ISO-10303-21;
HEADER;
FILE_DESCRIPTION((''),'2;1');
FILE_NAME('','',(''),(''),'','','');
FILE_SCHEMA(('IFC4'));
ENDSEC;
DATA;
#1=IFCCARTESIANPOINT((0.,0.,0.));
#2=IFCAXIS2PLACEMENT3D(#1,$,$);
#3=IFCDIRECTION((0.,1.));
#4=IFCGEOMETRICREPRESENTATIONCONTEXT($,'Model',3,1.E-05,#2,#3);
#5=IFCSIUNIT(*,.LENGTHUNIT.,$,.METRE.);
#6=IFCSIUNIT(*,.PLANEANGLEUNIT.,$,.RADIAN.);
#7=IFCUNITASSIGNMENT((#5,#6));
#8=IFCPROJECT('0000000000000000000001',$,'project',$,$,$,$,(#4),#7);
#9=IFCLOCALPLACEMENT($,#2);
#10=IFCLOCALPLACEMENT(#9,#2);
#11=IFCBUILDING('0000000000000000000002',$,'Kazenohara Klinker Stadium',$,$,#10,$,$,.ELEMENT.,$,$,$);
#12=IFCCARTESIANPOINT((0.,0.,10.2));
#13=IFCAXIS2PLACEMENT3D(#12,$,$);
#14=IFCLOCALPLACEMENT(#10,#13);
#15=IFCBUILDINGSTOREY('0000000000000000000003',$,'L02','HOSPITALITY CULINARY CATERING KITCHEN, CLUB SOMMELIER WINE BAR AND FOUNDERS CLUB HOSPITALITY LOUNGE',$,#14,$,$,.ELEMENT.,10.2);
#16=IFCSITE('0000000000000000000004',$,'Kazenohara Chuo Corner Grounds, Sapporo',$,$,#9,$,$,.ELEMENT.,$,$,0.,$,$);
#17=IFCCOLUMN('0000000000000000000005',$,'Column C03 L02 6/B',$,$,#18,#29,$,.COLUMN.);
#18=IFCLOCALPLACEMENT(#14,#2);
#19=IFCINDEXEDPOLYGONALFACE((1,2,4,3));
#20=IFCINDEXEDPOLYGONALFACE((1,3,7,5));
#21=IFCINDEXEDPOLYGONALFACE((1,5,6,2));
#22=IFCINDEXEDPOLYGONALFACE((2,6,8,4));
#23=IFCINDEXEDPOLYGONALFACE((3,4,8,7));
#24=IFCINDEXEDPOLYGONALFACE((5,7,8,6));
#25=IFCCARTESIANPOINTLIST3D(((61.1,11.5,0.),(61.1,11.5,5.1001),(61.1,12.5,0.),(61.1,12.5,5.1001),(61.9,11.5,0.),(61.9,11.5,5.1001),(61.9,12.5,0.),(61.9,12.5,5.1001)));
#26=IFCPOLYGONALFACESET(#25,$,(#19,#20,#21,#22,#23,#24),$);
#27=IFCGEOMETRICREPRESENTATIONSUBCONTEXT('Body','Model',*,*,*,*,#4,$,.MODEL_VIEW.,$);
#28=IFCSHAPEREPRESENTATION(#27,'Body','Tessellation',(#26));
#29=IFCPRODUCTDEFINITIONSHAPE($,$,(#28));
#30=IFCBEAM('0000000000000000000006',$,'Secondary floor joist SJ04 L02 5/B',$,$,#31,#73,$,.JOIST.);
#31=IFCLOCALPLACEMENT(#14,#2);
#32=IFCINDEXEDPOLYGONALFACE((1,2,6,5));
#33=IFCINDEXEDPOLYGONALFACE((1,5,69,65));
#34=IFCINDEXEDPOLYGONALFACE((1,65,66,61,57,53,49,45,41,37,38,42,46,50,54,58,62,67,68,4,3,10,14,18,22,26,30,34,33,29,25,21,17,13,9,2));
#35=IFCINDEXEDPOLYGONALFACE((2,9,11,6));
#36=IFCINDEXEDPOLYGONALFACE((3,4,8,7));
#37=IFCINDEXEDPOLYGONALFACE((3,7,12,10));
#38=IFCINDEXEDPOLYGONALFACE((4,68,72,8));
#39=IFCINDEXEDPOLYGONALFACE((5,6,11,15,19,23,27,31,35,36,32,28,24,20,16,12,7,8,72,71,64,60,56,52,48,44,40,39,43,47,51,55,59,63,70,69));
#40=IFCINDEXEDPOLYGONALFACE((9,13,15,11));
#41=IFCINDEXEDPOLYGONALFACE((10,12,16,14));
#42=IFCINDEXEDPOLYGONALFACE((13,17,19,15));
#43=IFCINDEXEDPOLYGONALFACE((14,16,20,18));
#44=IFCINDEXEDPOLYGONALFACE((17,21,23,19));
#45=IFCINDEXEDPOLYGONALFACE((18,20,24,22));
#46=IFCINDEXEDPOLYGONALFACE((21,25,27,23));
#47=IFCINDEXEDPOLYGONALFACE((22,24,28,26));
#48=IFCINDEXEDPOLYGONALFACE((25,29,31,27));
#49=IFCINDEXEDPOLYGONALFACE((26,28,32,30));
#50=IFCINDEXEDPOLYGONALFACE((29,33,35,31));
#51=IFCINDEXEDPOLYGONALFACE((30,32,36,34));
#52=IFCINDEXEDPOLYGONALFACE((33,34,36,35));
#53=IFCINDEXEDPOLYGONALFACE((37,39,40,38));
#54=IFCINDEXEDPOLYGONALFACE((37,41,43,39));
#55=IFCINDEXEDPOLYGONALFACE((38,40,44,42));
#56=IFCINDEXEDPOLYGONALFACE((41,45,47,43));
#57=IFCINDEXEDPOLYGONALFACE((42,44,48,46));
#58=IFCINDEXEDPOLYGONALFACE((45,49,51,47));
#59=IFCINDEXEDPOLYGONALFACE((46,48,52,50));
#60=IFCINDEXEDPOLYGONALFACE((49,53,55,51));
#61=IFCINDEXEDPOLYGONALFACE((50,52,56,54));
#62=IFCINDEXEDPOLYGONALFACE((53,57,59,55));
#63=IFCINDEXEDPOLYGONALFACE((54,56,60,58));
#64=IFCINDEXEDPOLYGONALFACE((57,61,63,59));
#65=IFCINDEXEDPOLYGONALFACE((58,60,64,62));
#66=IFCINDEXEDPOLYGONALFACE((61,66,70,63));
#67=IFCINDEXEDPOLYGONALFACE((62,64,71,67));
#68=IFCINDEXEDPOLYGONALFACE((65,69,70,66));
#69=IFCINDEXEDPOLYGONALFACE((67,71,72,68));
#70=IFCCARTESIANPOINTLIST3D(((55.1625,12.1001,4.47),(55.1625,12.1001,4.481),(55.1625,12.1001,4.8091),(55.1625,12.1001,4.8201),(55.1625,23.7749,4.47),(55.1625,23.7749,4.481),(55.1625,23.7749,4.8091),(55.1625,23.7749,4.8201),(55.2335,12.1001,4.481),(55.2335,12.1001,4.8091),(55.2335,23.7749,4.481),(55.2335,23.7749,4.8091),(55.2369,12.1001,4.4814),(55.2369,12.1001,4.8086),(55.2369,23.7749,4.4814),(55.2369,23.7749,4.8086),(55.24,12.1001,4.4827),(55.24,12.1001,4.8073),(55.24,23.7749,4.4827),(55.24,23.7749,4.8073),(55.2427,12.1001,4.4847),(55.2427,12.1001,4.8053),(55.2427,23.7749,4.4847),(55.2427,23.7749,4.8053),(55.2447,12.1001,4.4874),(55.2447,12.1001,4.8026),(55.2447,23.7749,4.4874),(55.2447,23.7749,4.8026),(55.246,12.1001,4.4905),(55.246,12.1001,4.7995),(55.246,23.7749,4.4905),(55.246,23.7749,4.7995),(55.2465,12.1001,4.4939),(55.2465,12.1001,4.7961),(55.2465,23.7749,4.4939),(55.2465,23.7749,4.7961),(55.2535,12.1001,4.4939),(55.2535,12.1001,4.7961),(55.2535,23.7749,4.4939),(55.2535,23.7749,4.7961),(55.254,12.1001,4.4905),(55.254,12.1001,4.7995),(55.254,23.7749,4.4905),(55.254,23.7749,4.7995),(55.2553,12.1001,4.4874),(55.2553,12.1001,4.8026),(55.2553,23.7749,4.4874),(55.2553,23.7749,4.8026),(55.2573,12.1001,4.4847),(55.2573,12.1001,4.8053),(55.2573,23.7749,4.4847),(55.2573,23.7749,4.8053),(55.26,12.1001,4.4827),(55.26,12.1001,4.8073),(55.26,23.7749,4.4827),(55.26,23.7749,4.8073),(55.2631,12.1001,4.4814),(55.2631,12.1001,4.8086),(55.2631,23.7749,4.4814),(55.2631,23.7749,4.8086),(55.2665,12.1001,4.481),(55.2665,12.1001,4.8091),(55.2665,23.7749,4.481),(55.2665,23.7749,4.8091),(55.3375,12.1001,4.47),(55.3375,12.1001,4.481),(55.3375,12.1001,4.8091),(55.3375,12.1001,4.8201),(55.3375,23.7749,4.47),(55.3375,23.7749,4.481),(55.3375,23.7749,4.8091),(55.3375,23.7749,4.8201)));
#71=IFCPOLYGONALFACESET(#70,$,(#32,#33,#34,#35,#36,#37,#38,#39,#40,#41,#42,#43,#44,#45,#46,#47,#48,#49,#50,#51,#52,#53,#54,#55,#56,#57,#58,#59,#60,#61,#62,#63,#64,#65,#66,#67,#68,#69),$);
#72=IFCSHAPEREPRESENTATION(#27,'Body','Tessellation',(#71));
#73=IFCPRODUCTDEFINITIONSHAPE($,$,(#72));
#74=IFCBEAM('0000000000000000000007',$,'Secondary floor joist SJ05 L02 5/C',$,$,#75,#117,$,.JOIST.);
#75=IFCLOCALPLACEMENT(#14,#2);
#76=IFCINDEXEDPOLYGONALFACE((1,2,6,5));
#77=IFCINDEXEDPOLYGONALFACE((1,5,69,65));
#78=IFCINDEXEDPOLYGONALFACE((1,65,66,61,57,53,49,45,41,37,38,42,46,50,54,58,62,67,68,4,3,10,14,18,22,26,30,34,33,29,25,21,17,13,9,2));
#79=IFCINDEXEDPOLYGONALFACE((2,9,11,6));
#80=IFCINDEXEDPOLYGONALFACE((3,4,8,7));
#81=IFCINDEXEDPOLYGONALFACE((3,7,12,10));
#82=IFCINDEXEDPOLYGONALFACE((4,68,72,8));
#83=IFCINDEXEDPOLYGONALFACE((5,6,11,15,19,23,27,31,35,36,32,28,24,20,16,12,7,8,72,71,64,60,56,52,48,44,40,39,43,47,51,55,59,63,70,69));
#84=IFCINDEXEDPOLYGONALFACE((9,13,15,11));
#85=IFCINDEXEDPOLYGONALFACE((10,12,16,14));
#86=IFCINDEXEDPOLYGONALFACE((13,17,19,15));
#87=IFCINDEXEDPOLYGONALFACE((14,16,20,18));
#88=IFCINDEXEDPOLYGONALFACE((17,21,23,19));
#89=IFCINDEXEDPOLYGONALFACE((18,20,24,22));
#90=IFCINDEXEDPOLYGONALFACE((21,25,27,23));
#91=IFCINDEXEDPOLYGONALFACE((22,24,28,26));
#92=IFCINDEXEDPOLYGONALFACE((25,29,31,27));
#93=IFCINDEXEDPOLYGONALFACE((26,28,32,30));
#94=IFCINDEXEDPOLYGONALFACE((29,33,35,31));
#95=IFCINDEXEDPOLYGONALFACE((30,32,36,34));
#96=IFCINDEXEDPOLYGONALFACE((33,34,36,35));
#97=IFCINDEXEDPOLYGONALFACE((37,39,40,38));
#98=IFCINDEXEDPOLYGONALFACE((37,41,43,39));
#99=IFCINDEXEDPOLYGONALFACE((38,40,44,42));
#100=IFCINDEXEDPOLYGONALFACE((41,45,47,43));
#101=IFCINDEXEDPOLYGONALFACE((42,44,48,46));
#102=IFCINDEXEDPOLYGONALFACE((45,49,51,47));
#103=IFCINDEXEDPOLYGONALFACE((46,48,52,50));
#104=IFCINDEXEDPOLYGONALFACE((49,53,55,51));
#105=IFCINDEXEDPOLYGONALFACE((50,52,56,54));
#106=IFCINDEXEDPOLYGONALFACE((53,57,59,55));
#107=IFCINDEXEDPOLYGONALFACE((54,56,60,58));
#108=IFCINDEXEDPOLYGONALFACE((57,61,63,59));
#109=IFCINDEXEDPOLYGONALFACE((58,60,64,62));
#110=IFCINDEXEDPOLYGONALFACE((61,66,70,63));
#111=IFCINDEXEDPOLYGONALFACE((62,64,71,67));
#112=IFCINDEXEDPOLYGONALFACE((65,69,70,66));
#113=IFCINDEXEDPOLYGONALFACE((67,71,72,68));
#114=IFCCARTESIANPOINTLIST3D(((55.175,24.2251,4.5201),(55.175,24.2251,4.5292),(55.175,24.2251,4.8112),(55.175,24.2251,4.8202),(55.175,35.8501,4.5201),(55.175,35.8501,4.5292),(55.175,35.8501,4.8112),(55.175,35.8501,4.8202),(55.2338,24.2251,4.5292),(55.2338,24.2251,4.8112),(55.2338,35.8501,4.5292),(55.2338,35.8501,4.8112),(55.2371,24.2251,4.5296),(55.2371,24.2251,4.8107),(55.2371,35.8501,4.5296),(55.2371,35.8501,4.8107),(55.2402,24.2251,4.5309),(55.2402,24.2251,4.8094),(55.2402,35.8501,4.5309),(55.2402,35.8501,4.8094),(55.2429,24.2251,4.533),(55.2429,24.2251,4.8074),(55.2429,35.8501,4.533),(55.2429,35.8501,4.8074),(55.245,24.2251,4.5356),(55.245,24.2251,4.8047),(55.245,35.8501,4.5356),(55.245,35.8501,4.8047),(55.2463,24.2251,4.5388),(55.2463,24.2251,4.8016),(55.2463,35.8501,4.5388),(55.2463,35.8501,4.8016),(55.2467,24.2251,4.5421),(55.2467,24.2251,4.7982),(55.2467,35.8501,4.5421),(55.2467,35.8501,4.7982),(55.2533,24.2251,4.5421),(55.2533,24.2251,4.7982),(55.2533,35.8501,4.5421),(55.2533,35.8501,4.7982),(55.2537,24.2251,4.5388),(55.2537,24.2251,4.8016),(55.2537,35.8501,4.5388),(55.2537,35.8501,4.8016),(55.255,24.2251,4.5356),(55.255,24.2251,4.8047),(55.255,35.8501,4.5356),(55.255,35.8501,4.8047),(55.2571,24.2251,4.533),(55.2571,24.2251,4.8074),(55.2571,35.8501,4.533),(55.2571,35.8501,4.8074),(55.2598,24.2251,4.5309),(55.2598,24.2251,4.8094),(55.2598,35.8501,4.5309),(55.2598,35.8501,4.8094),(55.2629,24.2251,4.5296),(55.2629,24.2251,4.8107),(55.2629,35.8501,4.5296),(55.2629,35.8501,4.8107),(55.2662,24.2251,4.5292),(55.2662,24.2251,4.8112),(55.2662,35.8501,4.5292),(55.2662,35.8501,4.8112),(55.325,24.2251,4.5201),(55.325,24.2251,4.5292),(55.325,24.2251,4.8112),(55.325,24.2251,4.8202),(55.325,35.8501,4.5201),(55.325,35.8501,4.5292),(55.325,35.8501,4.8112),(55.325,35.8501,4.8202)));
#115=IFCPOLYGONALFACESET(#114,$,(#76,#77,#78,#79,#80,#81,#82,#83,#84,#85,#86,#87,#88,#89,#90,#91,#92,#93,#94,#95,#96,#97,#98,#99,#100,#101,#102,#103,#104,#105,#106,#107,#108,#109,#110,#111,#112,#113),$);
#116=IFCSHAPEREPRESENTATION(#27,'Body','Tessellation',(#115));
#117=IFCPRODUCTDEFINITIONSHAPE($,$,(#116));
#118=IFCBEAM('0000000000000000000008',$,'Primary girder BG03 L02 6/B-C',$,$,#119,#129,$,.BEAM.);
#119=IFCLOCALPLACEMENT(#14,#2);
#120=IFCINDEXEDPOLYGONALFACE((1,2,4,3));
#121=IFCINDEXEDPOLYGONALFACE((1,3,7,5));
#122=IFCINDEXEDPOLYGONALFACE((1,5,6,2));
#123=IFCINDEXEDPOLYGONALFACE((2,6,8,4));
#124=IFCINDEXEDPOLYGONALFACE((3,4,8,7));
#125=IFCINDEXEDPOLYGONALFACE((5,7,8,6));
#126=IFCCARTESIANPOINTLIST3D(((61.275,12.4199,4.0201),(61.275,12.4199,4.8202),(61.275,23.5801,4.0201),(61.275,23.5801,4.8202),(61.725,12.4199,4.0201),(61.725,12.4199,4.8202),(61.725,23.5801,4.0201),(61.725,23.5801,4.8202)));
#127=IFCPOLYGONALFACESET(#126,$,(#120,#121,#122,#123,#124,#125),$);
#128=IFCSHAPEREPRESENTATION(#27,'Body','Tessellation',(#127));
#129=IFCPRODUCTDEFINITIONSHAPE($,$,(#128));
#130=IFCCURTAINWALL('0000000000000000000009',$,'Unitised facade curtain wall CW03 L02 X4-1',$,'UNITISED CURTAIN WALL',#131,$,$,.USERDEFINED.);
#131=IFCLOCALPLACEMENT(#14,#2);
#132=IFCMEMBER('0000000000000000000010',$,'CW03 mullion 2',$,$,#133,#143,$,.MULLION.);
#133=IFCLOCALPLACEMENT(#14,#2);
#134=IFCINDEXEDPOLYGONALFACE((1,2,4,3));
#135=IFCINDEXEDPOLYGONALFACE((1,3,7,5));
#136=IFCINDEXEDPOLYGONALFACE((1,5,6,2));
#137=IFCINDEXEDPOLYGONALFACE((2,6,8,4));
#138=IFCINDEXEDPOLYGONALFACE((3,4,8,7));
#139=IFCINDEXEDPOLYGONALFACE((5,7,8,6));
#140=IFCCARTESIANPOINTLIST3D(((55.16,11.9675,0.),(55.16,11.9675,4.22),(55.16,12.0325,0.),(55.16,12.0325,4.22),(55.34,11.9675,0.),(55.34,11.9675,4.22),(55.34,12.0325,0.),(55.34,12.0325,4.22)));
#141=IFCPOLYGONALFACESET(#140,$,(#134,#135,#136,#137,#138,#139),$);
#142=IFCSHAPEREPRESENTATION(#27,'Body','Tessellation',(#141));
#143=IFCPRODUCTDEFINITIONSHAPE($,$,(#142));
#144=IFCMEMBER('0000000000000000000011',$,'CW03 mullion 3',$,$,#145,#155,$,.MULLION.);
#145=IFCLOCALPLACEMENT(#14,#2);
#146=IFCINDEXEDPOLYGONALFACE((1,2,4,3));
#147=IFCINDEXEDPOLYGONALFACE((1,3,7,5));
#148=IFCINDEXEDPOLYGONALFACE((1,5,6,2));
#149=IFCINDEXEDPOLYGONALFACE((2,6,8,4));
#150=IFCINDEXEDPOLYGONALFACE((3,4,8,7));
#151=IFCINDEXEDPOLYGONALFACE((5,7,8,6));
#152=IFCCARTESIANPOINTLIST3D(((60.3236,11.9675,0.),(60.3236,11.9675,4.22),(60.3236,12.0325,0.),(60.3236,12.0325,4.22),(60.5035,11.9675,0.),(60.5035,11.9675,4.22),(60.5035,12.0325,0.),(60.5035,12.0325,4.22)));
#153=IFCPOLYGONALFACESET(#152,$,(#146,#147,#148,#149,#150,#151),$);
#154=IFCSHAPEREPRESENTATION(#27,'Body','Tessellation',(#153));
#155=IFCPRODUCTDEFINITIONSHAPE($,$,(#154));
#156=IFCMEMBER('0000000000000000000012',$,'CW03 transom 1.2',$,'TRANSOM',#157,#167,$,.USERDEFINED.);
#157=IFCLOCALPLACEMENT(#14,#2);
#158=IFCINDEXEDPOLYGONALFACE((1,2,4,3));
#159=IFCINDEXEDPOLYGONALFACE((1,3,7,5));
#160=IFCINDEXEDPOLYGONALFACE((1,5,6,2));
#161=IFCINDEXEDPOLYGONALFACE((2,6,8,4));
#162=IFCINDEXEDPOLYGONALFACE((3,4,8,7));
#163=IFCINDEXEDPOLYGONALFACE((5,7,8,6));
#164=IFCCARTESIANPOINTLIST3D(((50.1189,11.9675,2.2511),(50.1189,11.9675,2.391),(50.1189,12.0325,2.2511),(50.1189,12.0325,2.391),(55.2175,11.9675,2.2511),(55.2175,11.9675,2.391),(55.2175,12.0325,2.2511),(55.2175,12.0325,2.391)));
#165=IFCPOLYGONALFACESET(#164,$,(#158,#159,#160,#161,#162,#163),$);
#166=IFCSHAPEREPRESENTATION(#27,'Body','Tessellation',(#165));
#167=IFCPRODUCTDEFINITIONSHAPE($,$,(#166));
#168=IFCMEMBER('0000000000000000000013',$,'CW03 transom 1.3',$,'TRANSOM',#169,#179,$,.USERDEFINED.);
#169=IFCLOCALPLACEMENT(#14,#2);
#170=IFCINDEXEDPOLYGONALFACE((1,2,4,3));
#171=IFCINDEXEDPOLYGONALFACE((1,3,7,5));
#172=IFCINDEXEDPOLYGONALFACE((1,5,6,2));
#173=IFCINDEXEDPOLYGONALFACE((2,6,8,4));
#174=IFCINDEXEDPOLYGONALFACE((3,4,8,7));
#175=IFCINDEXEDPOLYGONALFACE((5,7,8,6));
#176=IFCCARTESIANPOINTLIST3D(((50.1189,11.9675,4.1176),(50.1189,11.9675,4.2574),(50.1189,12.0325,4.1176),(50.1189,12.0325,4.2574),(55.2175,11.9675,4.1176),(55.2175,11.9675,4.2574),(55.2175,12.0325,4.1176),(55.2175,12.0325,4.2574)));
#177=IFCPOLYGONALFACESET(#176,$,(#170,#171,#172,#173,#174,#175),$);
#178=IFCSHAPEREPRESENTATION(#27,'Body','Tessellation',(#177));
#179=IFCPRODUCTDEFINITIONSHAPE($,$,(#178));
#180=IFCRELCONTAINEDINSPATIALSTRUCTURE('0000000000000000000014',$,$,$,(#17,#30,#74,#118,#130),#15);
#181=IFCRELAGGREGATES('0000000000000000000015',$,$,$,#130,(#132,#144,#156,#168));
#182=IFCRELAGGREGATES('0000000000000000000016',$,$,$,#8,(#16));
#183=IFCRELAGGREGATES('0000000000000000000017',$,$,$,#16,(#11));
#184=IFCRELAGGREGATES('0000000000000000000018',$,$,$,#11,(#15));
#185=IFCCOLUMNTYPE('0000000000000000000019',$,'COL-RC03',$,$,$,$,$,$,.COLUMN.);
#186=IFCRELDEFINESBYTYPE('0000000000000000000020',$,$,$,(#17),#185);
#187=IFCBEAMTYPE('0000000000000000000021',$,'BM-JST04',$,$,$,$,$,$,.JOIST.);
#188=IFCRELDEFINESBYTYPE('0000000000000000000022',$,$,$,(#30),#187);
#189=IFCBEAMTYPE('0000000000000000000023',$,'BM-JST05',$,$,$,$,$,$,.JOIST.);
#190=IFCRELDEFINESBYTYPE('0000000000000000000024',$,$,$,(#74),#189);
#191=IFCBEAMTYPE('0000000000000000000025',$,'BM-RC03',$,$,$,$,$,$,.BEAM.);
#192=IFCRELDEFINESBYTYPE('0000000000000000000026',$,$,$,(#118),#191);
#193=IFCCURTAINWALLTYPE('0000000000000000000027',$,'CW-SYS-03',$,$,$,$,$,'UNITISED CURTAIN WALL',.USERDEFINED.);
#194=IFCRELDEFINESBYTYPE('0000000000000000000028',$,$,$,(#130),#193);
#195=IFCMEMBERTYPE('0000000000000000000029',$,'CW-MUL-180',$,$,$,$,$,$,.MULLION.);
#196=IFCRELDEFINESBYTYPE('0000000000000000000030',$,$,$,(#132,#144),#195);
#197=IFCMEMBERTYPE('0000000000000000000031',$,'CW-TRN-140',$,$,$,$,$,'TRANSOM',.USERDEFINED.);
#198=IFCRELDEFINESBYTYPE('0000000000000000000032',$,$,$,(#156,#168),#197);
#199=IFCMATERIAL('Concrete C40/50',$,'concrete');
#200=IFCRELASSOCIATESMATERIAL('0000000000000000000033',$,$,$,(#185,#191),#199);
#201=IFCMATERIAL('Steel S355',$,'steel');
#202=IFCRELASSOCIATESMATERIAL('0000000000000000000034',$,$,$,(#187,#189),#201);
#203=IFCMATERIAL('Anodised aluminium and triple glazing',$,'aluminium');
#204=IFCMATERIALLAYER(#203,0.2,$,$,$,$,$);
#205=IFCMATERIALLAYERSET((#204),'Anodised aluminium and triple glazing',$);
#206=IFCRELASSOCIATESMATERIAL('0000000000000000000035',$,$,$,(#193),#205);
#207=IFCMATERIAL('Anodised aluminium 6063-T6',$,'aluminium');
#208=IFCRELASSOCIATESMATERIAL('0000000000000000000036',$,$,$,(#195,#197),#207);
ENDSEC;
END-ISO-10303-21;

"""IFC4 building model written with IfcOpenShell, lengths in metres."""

from ifc_helpers import new_model, si_unit, direction, frame, origin, origin_2d, place, context, subcontext, project, spatial, rectangle, i_section, extrude, material, layer, layer_set, material_profile, profile_set, type_object, element, aggregate, save


model = new_model("IFC4")

# Units and contexts
model_context = context("Model", 3, precision=1e-05, world=origin(), true_north=direction((0.0, 1.0)))
body_context = subcontext(model_context, "Body", "Model", "MODEL_VIEW")
ifc_project = project(units=[si_unit("LENGTHUNIT", "METRE"), si_unit("PLANEANGLEUNIT", "RADIAN")], contexts=[model_context])

# Site, building, storey
site_placement = place(None, origin())
site = spatial("IfcSite", under=ifc_project, at=site_placement, Name="Kazenohara Chuo Corner Grounds, Sapporo", CompositionType="ELEMENT", RefElevation=0.0)
building_placement = place(site_placement, origin())
building = spatial("IfcBuilding", under=site, at=building_placement, Name="Kazenohara Klinker Stadium", CompositionType="ELEMENT")
storey_placement = place(building_placement, frame((0.0, 0.0, 10.2)))
storey = spatial("IfcBuildingStorey", under=building, at=storey_placement, Name="L02", Description="HOSPITALITY CULINARY CATERING KITCHEN, CLUB SOMMELIER WINE BAR AND FOUNDERS CLUB HOSPITALITY LOUNGE", CompositionType="ELEMENT", Elevation=10.2)

# Column
ifc_material_1 = material(Name="Concrete C40/50", Category="concrete")
ifc_material_profile_1 = material_profile(ifc_material_1, rectangle(XDim=0.8, YDim=1.0, at=origin_2d()), Name="RC-COL-1000x800")
ifc_profile_set_1 = profile_set([ifc_material_profile_1], Name="Concrete C40/50")
column_type = type_object("IfcColumnType", Name="COL-RC03", PredefinedType="COLUMN", material=ifc_profile_set_1)
column_placement = place(storey_placement, frame((61.5, 12.0, 0.0), z_axis=(0.0, 0.0, 1.0), x_axis=(1.0, 0.0, 0.0)))
element("IfcColumn", 1, at=column_placement, inside=storey, type_object=column_type, Name="Column C03 L02 6/B", PredefinedType="COLUMN", context=body_context, shape_type="SweptSolid", body=[
    extrude(rectangle(XDim=0.8, YDim=1.0, at=origin_2d()), origin(), (0.0, 0.0, 1.0), 5.1001),
])

# Beams
ifc_material_2 = material(Name="Steel S355", Category="steel")
ifc_material_profile_2 = material_profile(ifc_material_2, i_section(OverallWidth=0.175, OverallDepth=0.3501, WebThickness=0.0071, FlangeThickness=0.011, FilletRadius=0.0129, at=origin_2d()), Name="H-350x175x7x11")
ifc_profile_set_2 = profile_set([ifc_material_profile_2], Name="Steel S355")
beam_type_1 = type_object("IfcBeamType", Name="BM-JST04", PredefinedType="JOIST", material=ifc_profile_set_2)
beam_1_placement = place(storey_placement, frame((55.25, 12.1001, 4.645), z_axis=(0.0, 1.0, 0.0), x_axis=(-1.0, 0.0, 0.0)))
element("IfcBeam", 2, at=beam_1_placement, inside=storey, type_object=beam_type_1, Name="Secondary floor joist SJ04 L02 5/B", PredefinedType="JOIST", context=body_context, shape_type="SweptSolid", body=[
    extrude(i_section(OverallWidth=0.175, OverallDepth=0.3501, WebThickness=0.0071, FlangeThickness=0.011, FilletRadius=0.0129, at=origin_2d()), origin(), (0.0, 0.0, 1.0), 11.6748),
])
ifc_material_profile_3 = material_profile(ifc_material_2, i_section(OverallWidth=0.1499, OverallDepth=0.3, WebThickness=0.0066, FlangeThickness=0.009, FilletRadius=0.0129, at=origin_2d()), Name="H-300x150x6.5x9")
ifc_profile_set_3 = profile_set([ifc_material_profile_3], Name="Steel S355")
beam_type_2 = type_object("IfcBeamType", Name="BM-JST05", PredefinedType="JOIST", material=ifc_profile_set_3)
beam_2_placement = place(storey_placement, frame((55.25, 24.2251, 4.6702), z_axis=(0.0, 1.0, 0.0), x_axis=(-1.0, 0.0, 0.0)))
element("IfcBeam", 3, at=beam_2_placement, inside=storey, type_object=beam_type_2, Name="Secondary floor joist SJ05 L02 5/C", PredefinedType="JOIST", context=body_context, shape_type="SweptSolid", body=[
    extrude(i_section(OverallWidth=0.1499, OverallDepth=0.3, WebThickness=0.0066, FlangeThickness=0.009, FilletRadius=0.0129, at=origin_2d()), origin(), (0.0, 0.0, 1.0), 11.625),
])
ifc_material_profile_4 = material_profile(ifc_material_1, rectangle(XDim=0.45, YDim=0.8, at=origin_2d()), Name="RC-BM-450x800")
ifc_profile_set_4 = profile_set([ifc_material_profile_4], Name="Concrete C40/50")
beam_type_3 = type_object("IfcBeamType", Name="BM-RC03", PredefinedType="BEAM", material=ifc_profile_set_4)
beam_3_placement = place(storey_placement, frame((61.5, 12.4199, 4.4202), z_axis=(0.0, 1.0, 0.0), x_axis=(-1.0, 0.0, 0.0)))
element("IfcBeam", 4, at=beam_3_placement, inside=storey, type_object=beam_type_3, Name="Primary girder BG03 L02 6/B-C", PredefinedType="BEAM", context=body_context, shape_type="SweptSolid", body=[
    extrude(rectangle(XDim=0.45, YDim=0.8, at=origin_2d()), origin(), (0.0, 0.0, 1.0), 11.1602),
])

# Curtain wall, members
ifc_material_3 = material(Name="Anodised aluminium and triple glazing", Category="aluminium")
ifc_layer_1 = layer(ifc_material_3, 0.2)
ifc_layer_set_1 = layer_set([ifc_layer_1], Name="Anodised aluminium and triple glazing")
curtain_wall_type = type_object("IfcCurtainWallType", Name="CW-SYS-03", ElementType="UNITISED CURTAIN WALL", PredefinedType="USERDEFINED", material=ifc_layer_set_1)
curtain_wall_placement = place(storey_placement, origin())
curtain_wall = element("IfcCurtainWall", 5, at=curtain_wall_placement, inside=storey, type_object=curtain_wall_type, Name="Unitised facade curtain wall CW03 L02 X4-1", ObjectType="UNITISED CURTAIN WALL", PredefinedType="USERDEFINED")
ifc_material_4 = material(Name="Anodised aluminium 6063-T6", Category="aluminium")
ifc_material_profile_5 = material_profile(ifc_material_4, rectangle(XDim=0.0649, YDim=0.1799, at=origin_2d()), Name="ALU-MUL-65x180")
ifc_profile_set_5 = profile_set([ifc_material_profile_5], Name="Anodised aluminium 6063-T6")
member_type_1 = type_object("IfcMemberType", Name="CW-MUL-180", PredefinedType="MULLION", material=ifc_profile_set_5)
member_1_placement = place(storey_placement, frame((55.25, 12.0, 0.0), z_axis=(0.0, 0.0, 1.0), x_axis=(0.0, 1.0, 0.0)))
member_1 = element("IfcMember", 6, at=member_1_placement, type_object=member_type_1, Name="CW03 mullion 2", PredefinedType="MULLION", context=body_context, shape_type="SweptSolid", body=[
    extrude(rectangle(XDim=0.0649, YDim=0.1799, at=origin_2d()), origin(), (0.0, 0.0, 1.0), 4.22),
])
member_2_placement = place(storey_placement, frame((60.4136, 12.0, 0.0), z_axis=(0.0, 0.0, 1.0), x_axis=(0.0, 1.0, 0.0)))
member_2 = element("IfcMember", 7, at=member_2_placement, type_object=member_type_1, Name="CW03 mullion 3", PredefinedType="MULLION", context=body_context, shape_type="SweptSolid", body=[
    extrude(rectangle(XDim=0.0649, YDim=0.1799, at=origin_2d()), origin(), (0.0, 0.0, 1.0), 4.22),
])
ifc_material_profile_6 = material_profile(ifc_material_4, rectangle(XDim=0.0649, YDim=0.1399, at=origin_2d()), Name="ALU-TRN-65x140")
ifc_profile_set_6 = profile_set([ifc_material_profile_6], Name="Anodised aluminium 6063-T6")
member_type_2 = type_object("IfcMemberType", Name="CW-TRN-140", ElementType="TRANSOM", PredefinedType="USERDEFINED", material=ifc_profile_set_6)
member_3_placement = place(storey_placement, frame((50.1189, 12.0, 2.321), z_axis=(1.0, 0.0, 0.0), x_axis=(0.0, 1.0, 0.0)))
member_3 = element("IfcMember", 8, at=member_3_placement, type_object=member_type_2, Name="CW03 transom 1.2", ObjectType="TRANSOM", PredefinedType="USERDEFINED", context=body_context, shape_type="SweptSolid", body=[
    extrude(rectangle(XDim=0.0649, YDim=0.1399, at=origin_2d()), origin(), (0.0, 0.0, 1.0), 5.0986),
])
member_4_placement = place(storey_placement, frame((50.1189, 12.0, 4.1875), z_axis=(1.0, 0.0, 0.0), x_axis=(0.0, 1.0, 0.0)))
member_4 = element("IfcMember", 9, at=member_4_placement, type_object=member_type_2, Name="CW03 transom 1.3", ObjectType="TRANSOM", PredefinedType="USERDEFINED", context=body_context, shape_type="SweptSolid", body=[
    extrude(rectangle(XDim=0.0649, YDim=0.1399, at=origin_2d()), origin(), (0.0, 0.0, 1.0), 5.0986),
])
aggregate(curtain_wall, [member_1, member_2, member_3, member_4])

save(model, "model.ifc")
